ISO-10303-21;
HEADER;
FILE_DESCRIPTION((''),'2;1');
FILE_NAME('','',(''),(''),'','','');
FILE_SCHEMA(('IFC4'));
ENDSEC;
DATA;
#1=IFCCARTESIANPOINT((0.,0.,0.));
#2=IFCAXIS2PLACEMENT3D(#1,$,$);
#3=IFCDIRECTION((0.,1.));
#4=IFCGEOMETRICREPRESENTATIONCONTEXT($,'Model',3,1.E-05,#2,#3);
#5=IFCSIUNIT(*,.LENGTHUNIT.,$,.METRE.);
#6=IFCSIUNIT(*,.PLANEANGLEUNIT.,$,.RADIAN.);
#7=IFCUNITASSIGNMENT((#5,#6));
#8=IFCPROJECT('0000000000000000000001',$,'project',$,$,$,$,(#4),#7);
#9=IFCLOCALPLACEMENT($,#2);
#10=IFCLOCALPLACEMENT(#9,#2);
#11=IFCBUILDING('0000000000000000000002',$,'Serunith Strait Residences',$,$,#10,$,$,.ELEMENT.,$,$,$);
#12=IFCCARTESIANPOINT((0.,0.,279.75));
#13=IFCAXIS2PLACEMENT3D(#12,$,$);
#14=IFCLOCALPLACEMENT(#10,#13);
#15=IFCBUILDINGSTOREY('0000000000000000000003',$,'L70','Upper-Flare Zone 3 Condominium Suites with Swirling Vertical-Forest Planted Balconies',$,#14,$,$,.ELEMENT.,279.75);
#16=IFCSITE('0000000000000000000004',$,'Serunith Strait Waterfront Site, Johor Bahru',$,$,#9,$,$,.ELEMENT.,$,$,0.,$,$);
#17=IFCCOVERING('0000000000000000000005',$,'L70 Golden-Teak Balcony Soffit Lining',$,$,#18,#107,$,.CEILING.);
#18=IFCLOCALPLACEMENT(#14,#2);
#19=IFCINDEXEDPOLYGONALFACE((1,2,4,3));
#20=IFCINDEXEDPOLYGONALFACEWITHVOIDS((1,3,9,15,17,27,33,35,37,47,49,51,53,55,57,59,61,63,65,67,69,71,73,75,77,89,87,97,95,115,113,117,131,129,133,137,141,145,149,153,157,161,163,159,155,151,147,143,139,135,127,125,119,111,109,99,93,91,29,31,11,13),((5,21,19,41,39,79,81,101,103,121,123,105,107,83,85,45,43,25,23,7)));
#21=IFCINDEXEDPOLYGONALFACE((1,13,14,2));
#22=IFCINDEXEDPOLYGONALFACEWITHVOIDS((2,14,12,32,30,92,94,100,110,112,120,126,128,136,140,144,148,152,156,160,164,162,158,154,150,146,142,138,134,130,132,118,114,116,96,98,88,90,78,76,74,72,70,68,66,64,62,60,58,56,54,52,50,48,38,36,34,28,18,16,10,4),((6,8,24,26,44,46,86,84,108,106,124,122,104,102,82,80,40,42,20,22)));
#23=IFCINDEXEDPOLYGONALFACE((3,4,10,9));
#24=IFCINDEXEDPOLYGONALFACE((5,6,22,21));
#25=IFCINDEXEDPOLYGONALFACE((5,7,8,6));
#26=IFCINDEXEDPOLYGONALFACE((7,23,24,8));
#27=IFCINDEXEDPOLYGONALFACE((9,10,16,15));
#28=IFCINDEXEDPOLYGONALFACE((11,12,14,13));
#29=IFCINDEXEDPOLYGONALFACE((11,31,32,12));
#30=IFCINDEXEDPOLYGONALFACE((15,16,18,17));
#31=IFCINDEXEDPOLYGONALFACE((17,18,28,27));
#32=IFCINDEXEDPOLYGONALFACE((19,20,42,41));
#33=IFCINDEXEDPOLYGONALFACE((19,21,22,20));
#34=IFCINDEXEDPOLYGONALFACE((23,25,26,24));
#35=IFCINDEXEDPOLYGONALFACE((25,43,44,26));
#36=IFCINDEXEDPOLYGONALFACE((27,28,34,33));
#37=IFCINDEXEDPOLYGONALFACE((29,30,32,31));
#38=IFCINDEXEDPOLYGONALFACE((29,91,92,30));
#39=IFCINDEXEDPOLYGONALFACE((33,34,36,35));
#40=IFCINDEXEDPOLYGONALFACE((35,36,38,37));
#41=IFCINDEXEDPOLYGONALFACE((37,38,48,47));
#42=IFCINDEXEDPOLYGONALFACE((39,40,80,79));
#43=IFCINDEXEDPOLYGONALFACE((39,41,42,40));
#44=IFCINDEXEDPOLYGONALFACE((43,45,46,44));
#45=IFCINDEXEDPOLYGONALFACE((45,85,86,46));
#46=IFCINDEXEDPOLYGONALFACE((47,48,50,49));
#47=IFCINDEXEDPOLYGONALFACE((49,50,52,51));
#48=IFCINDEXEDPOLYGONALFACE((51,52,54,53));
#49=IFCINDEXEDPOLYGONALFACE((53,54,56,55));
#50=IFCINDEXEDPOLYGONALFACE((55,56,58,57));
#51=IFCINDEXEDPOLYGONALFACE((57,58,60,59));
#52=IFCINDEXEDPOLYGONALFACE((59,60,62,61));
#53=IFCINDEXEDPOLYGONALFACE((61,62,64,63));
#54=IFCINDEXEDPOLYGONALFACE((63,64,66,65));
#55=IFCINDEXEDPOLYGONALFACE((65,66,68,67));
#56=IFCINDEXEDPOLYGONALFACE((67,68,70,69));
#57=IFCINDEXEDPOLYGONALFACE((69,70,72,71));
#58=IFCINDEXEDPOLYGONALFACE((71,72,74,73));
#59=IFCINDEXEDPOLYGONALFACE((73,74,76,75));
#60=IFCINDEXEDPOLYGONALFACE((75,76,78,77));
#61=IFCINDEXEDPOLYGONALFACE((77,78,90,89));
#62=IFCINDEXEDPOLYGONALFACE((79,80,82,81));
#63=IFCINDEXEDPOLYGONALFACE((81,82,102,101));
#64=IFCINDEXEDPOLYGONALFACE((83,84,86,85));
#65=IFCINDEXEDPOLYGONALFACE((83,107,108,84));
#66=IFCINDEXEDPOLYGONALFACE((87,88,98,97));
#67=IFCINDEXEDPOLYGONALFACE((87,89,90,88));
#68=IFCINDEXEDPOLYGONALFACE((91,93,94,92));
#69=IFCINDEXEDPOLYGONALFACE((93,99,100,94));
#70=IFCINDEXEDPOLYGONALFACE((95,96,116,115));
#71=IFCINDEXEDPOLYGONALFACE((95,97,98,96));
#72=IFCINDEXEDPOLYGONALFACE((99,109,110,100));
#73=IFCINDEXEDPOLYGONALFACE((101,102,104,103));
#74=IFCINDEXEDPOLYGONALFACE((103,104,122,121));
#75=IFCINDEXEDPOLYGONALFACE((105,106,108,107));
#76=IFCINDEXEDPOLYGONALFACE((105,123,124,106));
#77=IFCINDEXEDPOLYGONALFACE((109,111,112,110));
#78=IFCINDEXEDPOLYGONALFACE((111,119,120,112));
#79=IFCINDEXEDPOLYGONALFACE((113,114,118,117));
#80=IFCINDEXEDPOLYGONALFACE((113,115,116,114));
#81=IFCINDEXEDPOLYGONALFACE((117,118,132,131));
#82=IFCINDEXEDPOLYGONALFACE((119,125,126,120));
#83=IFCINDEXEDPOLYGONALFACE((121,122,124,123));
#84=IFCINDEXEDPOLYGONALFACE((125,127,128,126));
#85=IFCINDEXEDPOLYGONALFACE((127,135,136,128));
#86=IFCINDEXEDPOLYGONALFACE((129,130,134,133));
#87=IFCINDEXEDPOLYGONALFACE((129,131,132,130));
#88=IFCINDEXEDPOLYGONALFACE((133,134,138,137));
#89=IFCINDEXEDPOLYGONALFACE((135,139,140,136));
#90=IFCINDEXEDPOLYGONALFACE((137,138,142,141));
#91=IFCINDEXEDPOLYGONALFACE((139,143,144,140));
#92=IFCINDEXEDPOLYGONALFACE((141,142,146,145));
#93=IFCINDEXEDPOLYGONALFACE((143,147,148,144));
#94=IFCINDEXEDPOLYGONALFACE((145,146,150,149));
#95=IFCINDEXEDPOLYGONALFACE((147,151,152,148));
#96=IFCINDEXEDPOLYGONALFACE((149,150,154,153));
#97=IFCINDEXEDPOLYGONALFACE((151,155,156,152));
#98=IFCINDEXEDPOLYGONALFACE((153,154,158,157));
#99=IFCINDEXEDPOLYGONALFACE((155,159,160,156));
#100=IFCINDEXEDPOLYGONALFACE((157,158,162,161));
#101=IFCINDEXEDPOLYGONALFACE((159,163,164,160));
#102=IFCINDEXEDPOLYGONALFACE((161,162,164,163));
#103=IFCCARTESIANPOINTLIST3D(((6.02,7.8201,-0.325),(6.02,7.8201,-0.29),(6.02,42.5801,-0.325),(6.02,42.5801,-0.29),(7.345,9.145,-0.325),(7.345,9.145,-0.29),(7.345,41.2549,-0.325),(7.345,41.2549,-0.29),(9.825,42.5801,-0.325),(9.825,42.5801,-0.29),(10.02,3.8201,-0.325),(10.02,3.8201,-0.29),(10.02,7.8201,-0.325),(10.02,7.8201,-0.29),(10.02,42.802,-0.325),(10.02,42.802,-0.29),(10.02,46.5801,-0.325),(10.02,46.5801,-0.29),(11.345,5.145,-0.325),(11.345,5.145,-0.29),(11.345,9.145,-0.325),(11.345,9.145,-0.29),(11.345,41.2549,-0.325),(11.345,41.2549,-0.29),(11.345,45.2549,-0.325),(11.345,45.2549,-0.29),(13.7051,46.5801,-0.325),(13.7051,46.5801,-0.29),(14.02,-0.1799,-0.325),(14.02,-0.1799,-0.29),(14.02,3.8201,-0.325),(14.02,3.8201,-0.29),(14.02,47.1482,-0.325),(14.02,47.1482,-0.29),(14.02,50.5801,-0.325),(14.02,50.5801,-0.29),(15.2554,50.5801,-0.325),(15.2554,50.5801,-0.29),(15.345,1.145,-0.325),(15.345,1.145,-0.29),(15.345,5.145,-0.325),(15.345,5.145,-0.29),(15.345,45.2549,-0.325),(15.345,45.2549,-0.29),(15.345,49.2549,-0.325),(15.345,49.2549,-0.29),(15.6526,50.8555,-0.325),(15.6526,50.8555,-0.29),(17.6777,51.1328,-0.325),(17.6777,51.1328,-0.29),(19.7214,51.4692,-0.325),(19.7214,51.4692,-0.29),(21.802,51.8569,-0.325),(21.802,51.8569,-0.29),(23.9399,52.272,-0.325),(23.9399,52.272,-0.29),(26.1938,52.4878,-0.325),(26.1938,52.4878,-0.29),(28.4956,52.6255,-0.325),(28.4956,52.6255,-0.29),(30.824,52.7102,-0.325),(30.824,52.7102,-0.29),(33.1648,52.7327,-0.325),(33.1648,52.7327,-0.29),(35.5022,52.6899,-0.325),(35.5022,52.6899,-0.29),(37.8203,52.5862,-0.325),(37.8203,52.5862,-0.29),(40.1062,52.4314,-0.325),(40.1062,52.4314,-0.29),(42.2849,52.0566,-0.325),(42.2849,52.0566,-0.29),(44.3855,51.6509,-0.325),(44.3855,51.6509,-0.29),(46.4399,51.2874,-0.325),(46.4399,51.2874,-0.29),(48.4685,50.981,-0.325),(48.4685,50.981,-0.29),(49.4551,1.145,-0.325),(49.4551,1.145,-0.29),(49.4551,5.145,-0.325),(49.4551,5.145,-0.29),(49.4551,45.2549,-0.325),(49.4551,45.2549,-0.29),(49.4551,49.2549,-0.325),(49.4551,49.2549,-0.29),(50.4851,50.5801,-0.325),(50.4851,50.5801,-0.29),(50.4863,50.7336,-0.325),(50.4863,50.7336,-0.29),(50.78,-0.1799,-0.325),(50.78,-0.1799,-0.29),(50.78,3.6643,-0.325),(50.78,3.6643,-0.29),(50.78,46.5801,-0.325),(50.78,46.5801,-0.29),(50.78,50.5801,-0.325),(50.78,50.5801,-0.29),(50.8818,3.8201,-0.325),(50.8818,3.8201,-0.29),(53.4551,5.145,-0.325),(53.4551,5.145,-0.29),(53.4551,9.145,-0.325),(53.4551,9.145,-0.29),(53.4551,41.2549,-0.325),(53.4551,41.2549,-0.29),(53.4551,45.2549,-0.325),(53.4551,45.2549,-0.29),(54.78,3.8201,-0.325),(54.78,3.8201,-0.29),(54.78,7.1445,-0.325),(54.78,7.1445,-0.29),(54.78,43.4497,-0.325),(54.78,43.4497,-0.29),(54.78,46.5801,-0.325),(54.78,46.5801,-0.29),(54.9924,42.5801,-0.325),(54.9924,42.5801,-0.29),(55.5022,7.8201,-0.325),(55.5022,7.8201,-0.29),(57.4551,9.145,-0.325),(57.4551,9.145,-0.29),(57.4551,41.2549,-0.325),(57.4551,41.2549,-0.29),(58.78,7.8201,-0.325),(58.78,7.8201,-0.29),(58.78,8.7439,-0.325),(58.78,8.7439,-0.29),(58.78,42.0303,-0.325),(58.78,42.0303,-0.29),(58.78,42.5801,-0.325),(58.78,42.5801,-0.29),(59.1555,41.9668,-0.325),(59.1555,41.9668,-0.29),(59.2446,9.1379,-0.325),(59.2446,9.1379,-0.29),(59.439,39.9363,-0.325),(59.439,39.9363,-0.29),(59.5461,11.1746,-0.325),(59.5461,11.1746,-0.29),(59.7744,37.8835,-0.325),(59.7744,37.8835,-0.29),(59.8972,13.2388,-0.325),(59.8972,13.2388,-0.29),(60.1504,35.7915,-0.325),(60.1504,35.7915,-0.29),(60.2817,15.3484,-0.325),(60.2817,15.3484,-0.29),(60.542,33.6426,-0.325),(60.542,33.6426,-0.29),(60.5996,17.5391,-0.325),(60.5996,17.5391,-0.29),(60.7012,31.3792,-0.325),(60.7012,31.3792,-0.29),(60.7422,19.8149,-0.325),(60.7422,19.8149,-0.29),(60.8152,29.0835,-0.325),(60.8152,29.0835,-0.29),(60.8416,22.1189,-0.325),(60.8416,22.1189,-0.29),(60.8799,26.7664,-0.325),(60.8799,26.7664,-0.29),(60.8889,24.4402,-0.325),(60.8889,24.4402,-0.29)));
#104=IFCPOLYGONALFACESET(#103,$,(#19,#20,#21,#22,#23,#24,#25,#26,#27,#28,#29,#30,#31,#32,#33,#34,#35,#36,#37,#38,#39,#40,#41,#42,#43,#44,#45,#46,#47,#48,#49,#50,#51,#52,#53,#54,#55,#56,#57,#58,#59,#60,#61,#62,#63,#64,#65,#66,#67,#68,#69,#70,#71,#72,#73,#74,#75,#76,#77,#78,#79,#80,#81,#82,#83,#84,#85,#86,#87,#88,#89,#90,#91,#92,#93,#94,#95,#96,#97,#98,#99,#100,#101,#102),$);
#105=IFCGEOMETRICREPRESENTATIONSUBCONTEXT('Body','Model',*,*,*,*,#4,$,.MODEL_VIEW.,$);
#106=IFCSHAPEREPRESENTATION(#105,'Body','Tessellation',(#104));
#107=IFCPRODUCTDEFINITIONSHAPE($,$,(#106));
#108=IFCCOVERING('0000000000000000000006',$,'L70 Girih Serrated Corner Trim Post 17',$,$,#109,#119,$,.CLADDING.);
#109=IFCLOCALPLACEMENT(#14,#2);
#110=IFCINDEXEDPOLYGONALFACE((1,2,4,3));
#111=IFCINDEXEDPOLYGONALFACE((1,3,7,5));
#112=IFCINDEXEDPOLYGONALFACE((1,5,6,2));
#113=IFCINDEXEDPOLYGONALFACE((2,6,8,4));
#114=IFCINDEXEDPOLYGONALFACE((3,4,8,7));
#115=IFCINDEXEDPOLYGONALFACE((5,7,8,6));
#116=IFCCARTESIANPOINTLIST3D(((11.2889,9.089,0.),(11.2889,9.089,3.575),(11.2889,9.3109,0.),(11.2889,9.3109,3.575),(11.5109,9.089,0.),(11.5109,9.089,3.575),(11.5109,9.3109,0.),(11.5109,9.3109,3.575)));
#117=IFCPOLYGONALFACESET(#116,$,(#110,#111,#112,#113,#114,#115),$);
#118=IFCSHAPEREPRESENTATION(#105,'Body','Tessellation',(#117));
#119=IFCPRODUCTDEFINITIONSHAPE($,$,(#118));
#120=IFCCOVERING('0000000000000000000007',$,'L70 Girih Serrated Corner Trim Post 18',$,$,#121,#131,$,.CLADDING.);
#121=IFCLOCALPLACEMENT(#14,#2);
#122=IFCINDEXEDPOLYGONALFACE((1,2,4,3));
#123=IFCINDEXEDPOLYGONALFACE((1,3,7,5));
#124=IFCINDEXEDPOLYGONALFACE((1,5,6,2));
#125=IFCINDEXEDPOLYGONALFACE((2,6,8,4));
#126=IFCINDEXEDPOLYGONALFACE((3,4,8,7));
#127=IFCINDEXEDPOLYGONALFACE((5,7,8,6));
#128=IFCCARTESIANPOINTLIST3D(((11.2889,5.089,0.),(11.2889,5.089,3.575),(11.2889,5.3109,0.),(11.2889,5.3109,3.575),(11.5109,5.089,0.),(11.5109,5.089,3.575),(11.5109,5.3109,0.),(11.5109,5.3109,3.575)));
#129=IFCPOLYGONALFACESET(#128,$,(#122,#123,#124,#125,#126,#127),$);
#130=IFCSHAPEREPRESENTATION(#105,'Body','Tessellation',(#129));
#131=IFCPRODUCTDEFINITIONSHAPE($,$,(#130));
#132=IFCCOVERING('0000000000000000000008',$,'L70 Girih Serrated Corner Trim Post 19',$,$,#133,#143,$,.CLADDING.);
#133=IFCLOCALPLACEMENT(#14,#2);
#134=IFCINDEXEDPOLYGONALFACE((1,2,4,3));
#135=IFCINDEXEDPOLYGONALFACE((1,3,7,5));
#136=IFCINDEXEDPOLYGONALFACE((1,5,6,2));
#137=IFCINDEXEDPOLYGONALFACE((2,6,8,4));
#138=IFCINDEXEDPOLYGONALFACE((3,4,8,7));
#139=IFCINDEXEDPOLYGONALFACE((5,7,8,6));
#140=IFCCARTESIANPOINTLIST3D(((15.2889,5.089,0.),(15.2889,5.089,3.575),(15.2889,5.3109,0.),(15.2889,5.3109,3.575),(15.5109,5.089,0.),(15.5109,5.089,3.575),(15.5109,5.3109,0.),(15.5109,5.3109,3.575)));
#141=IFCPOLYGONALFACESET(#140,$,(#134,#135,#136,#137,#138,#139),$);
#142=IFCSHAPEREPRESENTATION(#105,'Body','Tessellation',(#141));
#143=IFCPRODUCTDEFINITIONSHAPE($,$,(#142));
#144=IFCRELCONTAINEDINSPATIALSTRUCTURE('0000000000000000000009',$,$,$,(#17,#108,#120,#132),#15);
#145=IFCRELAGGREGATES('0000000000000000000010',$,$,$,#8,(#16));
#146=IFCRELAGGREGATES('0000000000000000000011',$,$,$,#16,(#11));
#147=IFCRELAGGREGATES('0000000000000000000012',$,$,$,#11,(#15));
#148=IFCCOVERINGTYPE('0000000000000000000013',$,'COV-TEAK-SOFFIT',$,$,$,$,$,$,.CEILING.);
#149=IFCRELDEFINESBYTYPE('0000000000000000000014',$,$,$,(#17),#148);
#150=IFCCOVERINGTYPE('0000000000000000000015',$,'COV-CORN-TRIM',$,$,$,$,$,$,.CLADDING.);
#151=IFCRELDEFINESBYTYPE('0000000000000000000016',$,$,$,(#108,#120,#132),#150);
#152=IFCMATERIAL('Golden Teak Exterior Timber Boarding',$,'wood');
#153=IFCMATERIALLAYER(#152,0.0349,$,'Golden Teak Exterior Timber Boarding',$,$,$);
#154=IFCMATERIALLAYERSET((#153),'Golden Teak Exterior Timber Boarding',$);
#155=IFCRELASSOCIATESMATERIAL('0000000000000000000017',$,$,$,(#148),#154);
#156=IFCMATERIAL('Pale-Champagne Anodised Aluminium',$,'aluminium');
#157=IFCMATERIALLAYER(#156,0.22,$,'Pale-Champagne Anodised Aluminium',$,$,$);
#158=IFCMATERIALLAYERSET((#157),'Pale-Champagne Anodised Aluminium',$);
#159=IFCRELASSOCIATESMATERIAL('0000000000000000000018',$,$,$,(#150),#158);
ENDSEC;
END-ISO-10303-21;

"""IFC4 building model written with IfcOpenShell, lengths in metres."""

from ifc_helpers import new_model, si_unit, direction, frame, origin, origin_2d, place, context, subcontext, project, spatial, polyline, rectangle, outline, extrude, source, transform, mapped, material, layer, layer_set, type_object, element, save


model = new_model("IFC4")

# Units and contexts
model_context = context("Model", 3, precision=1e-05, world=origin(), true_north=direction((0.0, 1.0)))
body_context = subcontext(model_context, "Body", "Model", "MODEL_VIEW")
ifc_project = project(units=[si_unit("LENGTHUNIT", "METRE"), si_unit("PLANEANGLEUNIT", "RADIAN")], contexts=[model_context])

# Site, building, storey
site_placement = place(None, origin())
site = spatial("IfcSite", under=ifc_project, at=site_placement, Name="Serunith Strait Waterfront Site, Johor Bahru", CompositionType="ELEMENT", RefElevation=0.0)
building_placement = place(site_placement, origin())
building = spatial("IfcBuilding", under=site, at=building_placement, Name="Serunith Strait Residences", CompositionType="ELEMENT")
storey_placement = place(building_placement, frame((0.0, 0.0, 279.75)))
storey = spatial("IfcBuildingStorey", under=building, at=storey_placement, Name="L70", Description="Upper-Flare Zone 3 Condominium Suites with Swirling Vertical-Forest Planted Balconies", CompositionType="ELEMENT", Elevation=279.75)

# Shared definitions
ifc_material_1 = material(Name="Pale-Champagne Anodised Aluminium", Category="aluminium")

# Covering
ifc_material_2 = material(Name="Golden Teak Exterior Timber Boarding", Category="wood")
ifc_layer_1 = layer(ifc_material_2, 0.0349, Name="Golden Teak Exterior Timber Boarding")
ifc_layer_set_1 = layer_set([ifc_layer_1], Name="Golden Teak Exterior Timber Boarding")
covering_type_1 = type_object("IfcCoveringType", Name="COV-TEAK-SOFFIT", PredefinedType="CEILING", material=ifc_layer_set_1)
covering_placement = place(storey_placement, frame((0.0, 0.0, -0.325)))
element("IfcCovering", 1, at=covering_placement, inside=storey, type_object=covering_type_1, Name="L70 Golden-Teak Balcony Soffit Lining", PredefinedType="CEILING", context=body_context, shape_type="SweptSolid", body=[
    extrude(outline(polyline([(10.02, 46.5801), (13.7051, 46.5801), (14.02, 47.1482), (14.02, 50.5801), (15.2554, 50.5801), (15.6526, 50.8555), (17.6777, 51.1328), (19.7214, 51.4692), (21.802, 51.8569), (23.9399, 52.272), (26.1938, 52.4878), (28.4956, 52.6255), (30.824, 52.7102), (33.1648, 52.7327), (35.5022, 52.6899), (37.8203, 52.5862), (40.1062, 52.4314), (42.2849, 52.0566), (44.3855, 51.6509), (46.4399, 51.2874), (48.4685, 50.981), (50.4863, 50.7336), (50.4851, 50.5801), (50.78, 50.5801), (50.78, 46.5801), (54.78, 46.5801), (54.78, 43.4497), (54.9924, 42.5801), (58.78, 42.5801), (58.78, 42.0303), (59.1555, 41.9668), (59.439, 39.9363), (59.7744, 37.8835), (60.1504, 35.7915), (60.542, 33.6426), (60.7012, 31.3792), (60.8152, 29.0835), (60.8799, 26.7664), (60.8889, 24.4402), (60.8416, 22.1189), (60.7422, 19.8149), (60.5996, 17.5391), (60.2817, 15.3484), (59.8972, 13.2388), (59.5461, 11.1746), (59.2446, 9.1379), (58.78, 8.7439), (58.78, 7.8201), (55.5022, 7.8201), (54.78, 7.1445), (54.78, 3.8201), (50.8818, 3.8201), (50.78, 3.6643), (50.78, -0.1799), (14.02, -0.1799), (14.02, 3.8201), (10.02, 3.8201), (10.02, 7.8201), (6.02, 7.8201), (6.02, 42.5801), (9.825, 42.5801), (10.02, 42.802), (10.02, 46.5801)]), holes=[polyline([(49.4551, 1.145), (49.4551, 5.145), (53.4551, 5.145), (53.4551, 9.145), (57.4551, 9.145), (57.4551, 41.2549), (53.4551, 41.2549), (53.4551, 45.2549), (49.4551, 45.2549), (49.4551, 49.2549), (15.345, 49.2549), (15.345, 45.2549), (11.345, 45.2549), (11.345, 41.2549), (7.345, 41.2549), (7.345, 9.145), (11.345, 9.145), (11.345, 5.145), (15.345, 5.145), (15.345, 1.145), (49.4551, 1.145)])]), origin(), (0.0, 0.0, 1.0), 0.0349),
])

# Coverings
ifc_layer_2 = layer(ifc_material_1, 0.22, Name="Pale-Champagne Anodised Aluminium")
ifc_layer_set_2 = layer_set([ifc_layer_2], Name="Pale-Champagne Anodised Aluminium")
covering_type_2 = type_object("IfcCoveringType", Name="COV-CORN-TRIM", PredefinedType="CLADDING", material=ifc_layer_set_2)
shared_shape_1 = source(origin(), body_context, "Body", "SweptSolid", [
    extrude(rectangle(XDim=0.2219, YDim=0.2219, at=origin_2d()), origin(), (0.0, 0.0, 1.0), 3.575),
])
for number, where, z_axis, x_axis, name in (
    (2, (11.3999, 9.2, 0.0), (0.0, 0.0, 1.0), (1.0, 0.0, 0.0), "L70 Girih Serrated Corner Trim Post 17"),
    (3, (11.3999, 5.2, 0.0), (0.0, 0.0, 1.0), (1.0, 0.0, 0.0), "L70 Girih Serrated Corner Trim Post 18"),
    (4, (15.3999, 5.2, 0.0), (0.0, 0.0, 1.0), (1.0, 0.0, 0.0), "L70 Girih Serrated Corner Trim Post 19"),
):
    element("IfcCovering", number, at=place(storey_placement, frame(where, z_axis=z_axis, x_axis=x_axis)), inside=storey, type_object=covering_type_2, Name=name, PredefinedType="CLADDING", context=body_context, shape_type="MappedRepresentation", body=[
        mapped(shared_shape_1, transform((0.0, 0.0, 0.0), scale=1.0)),
    ])

save(model, "model.ifc")
